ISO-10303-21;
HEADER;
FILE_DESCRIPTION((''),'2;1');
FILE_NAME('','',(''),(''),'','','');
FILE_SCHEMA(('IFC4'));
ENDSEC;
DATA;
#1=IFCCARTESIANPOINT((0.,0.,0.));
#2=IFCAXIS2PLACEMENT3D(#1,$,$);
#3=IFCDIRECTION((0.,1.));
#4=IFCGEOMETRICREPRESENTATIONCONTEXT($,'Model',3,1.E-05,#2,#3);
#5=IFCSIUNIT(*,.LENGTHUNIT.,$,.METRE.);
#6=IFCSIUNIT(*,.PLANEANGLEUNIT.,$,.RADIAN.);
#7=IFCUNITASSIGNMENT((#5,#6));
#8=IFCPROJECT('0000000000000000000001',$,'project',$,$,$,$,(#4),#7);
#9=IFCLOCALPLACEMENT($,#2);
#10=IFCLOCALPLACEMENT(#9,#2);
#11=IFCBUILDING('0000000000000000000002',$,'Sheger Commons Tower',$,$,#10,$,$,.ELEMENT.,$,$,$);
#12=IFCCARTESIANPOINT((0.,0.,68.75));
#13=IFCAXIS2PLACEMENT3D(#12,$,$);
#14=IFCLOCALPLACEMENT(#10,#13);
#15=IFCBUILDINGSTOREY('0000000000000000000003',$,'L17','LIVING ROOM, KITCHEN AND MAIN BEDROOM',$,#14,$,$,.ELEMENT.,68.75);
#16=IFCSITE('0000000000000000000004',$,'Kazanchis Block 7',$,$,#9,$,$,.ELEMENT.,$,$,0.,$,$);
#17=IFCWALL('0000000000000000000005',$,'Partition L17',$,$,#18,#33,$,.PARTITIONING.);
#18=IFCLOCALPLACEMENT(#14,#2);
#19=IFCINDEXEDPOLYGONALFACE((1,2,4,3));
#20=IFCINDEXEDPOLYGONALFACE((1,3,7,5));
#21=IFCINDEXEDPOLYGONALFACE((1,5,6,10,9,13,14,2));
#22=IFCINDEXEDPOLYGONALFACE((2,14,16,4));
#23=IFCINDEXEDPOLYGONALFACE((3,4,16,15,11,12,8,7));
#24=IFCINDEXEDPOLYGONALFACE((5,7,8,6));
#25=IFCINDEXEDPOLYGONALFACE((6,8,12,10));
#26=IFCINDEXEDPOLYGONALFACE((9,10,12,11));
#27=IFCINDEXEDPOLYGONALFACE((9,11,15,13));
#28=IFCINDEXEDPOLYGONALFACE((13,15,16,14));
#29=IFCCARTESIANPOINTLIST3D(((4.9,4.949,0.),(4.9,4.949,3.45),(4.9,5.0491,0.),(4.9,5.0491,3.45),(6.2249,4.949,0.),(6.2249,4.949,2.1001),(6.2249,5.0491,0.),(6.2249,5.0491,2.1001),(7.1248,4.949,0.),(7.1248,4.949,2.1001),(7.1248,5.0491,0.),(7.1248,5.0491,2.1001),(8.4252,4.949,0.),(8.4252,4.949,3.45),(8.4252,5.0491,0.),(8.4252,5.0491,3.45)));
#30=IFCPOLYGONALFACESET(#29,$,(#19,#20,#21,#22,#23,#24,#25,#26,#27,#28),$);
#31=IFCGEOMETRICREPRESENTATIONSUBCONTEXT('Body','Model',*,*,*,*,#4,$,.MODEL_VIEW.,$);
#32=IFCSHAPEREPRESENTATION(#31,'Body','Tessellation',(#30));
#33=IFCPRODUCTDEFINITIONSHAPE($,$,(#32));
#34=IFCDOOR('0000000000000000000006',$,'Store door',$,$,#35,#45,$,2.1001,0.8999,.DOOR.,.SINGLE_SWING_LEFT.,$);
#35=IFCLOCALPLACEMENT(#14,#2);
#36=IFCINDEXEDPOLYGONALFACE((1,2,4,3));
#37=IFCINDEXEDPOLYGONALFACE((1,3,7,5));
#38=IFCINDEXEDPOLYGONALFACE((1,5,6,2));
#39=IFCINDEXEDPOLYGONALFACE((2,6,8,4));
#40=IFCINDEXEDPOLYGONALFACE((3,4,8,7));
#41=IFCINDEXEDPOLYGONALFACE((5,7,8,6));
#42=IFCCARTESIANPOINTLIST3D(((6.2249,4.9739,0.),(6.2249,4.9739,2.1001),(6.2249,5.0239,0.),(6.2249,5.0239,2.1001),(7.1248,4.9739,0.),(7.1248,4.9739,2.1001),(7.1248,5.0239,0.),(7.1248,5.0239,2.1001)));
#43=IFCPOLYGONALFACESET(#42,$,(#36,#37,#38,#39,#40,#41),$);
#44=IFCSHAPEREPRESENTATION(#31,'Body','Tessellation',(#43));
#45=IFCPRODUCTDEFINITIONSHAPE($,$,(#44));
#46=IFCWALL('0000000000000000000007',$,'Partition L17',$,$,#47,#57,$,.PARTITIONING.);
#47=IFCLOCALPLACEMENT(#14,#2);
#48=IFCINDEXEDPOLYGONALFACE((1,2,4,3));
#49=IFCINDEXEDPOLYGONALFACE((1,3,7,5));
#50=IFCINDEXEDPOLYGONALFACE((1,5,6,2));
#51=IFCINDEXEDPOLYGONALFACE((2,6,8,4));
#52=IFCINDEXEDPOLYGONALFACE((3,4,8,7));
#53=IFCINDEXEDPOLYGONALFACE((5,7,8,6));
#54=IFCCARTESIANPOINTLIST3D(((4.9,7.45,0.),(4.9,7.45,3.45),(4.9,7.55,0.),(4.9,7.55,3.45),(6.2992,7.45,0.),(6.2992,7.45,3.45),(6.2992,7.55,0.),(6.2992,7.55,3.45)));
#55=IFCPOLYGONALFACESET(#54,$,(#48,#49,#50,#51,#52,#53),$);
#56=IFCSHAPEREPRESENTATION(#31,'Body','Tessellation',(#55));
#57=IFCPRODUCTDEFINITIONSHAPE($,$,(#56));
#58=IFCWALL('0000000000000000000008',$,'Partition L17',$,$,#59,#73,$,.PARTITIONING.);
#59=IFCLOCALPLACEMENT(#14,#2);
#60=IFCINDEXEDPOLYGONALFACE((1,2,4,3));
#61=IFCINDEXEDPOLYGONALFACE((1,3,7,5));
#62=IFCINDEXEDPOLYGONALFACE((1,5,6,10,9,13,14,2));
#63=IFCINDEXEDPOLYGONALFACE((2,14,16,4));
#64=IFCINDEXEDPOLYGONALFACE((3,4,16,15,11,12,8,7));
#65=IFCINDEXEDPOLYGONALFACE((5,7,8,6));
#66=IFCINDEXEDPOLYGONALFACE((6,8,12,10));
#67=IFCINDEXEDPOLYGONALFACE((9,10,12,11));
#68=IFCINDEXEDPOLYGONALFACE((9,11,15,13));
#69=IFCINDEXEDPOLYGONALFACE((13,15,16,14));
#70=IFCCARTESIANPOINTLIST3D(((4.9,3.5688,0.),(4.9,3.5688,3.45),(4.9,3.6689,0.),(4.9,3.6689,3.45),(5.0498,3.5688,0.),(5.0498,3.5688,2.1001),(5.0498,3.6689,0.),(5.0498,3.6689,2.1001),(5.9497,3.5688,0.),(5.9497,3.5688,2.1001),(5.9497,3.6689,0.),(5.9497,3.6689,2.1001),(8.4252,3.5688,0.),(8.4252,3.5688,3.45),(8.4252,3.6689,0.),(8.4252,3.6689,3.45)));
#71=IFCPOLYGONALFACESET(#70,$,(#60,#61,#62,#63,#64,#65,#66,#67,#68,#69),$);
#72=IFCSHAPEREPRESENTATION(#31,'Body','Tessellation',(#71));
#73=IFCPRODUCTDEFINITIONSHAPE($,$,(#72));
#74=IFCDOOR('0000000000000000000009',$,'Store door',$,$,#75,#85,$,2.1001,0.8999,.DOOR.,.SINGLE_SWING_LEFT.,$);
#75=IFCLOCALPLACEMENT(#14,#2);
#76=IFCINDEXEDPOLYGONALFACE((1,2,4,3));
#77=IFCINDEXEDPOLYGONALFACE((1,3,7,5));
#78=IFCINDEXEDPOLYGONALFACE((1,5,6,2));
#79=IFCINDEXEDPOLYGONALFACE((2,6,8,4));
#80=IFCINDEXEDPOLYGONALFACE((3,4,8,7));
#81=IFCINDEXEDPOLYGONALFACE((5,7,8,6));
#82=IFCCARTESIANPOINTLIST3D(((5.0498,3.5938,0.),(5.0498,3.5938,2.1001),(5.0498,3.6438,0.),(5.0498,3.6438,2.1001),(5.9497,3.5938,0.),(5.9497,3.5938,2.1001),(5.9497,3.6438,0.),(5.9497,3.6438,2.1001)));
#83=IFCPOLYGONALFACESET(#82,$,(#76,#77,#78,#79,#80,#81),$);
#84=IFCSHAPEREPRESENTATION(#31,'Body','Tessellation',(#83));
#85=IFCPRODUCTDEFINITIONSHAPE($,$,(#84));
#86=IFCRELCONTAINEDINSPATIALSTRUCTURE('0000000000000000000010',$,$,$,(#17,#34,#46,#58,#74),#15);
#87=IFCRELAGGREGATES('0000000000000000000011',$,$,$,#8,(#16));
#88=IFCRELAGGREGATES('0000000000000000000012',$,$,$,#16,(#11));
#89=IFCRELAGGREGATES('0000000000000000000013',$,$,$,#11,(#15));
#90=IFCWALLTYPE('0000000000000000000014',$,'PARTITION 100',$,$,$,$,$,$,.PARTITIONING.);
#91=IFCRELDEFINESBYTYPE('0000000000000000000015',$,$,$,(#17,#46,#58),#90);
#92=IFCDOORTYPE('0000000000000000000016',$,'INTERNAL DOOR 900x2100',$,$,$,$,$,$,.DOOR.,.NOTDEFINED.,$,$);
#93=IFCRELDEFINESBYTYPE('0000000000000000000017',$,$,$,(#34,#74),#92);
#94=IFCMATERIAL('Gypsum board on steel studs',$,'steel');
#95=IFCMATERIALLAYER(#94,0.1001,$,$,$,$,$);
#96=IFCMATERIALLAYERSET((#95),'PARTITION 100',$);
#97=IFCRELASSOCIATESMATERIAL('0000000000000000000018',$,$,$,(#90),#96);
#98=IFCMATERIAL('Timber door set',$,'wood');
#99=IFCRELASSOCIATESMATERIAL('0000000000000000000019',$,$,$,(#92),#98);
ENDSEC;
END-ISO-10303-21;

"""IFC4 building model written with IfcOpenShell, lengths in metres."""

from ifc_helpers import new_model, si_unit, direction, frame, frame_2d, origin, place, context, subcontext, project, spatial, rectangle, extrude, material, layer, layer_set, type_object, element, fill, save


model = new_model("IFC4")

# Units and contexts
model_context = context("Model", 3, precision=1e-05, world=origin(), true_north=direction((0.0, 1.0)))
body_context = subcontext(model_context, "Body", "Model", "MODEL_VIEW")
ifc_project = project(units=[si_unit("LENGTHUNIT", "METRE"), si_unit("PLANEANGLEUNIT", "RADIAN")], contexts=[model_context])

# Site, building, storey
site_placement = place(None, origin())
site = spatial("IfcSite", under=ifc_project, at=site_placement, Name="Kazanchis Block 7", CompositionType="ELEMENT", RefElevation=0.0)
building_placement = place(site_placement, origin())
building = spatial("IfcBuilding", under=site, at=building_placement, Name="Sheger Commons Tower", CompositionType="ELEMENT")
storey_placement = place(building_placement, frame((0.0, 0.0, 68.75)))
storey = spatial("IfcBuildingStorey", under=building, at=storey_placement, Name="L17", Description="LIVING ROOM, KITCHEN AND MAIN BEDROOM", CompositionType="ELEMENT", Elevation=68.75)

# Shared definitions
ifc_material_1 = material(Name="Gypsum board on steel studs", Category="steel")
ifc_layer_1 = layer(ifc_material_1, 0.1001)
ifc_layer_set_1 = layer_set([ifc_layer_1], Name="PARTITION 100")
wall_type_1 = type_object("IfcWallType", Name="PARTITION 100", PredefinedType="PARTITIONING", material=ifc_layer_set_1)
ifc_material_2 = material(Name="Timber door set", Category="wood")
door_type = type_object("IfcDoorType", Name="INTERNAL DOOR 900x2100", OperationType="NOTDEFINED", PredefinedType="DOOR", material=ifc_material_2)

# Wall, opening, door
wall_1_placement = place(storey_placement, frame((4.8999, 4.999, 0.0), z_axis=(0.0, 0.0, 1.0), x_axis=(1.0, 0.0, 0.0)))
wall_1 = element("IfcWall", 1, at=wall_1_placement, inside=storey, type_object=wall_type_1, Name="Partition L17", PredefinedType="PARTITIONING", context=body_context, shape_type="SweptSolid", body=[
    extrude(rectangle(XDim=3.5251, YDim=0.1001, at=frame_2d((1.7627, 0.0))), origin(), (0.0, 0.0, 1.0), 3.45),
])
opening_1_placement = place(wall_1_placement, frame((1.325, 0.0, 0.0)))
opening_1 = element("IfcOpeningElement", 2, at=opening_1_placement, cuts=wall_1, PredefinedType="OPENING", context=body_context, shape_type="SweptSolid", body=[
    extrude(rectangle(XDim=0.8999, YDim=2.1001, at=frame_2d((0.45, 1.05))), frame((0.0, 0.0601, 0.0), z_axis=(0.0, -1.0, 0.0), x_axis=(1.0, 0.0, 0.0)), (0.0, 0.0, 1.0), 0.1201),
])
door_1_placement = place(opening_1_placement, origin())
door_1 = element("IfcDoor", 3, at=door_1_placement, inside=storey, type_object=door_type, Name="Store door", OperationType="SINGLE_SWING_LEFT", OverallHeight=2.1001, OverallWidth=0.8999, PredefinedType="DOOR", context=body_context, shape_type="SweptSolid", body=[
    extrude(rectangle(XDim=0.8999, YDim=2.1001, at=frame_2d((0.45, 1.05))), frame((0.0, 0.0249, 0.0), z_axis=(0.0, -1.0, 0.0), x_axis=(1.0, 0.0, 0.0)), (0.0, 0.0, 1.0), 0.05),
])
fill(opening_1, door_1)

# Wall
wall_2_placement = place(storey_placement, frame((4.8999, 7.5, 0.0), z_axis=(0.0, 0.0, 1.0), x_axis=(1.0, 0.0, 0.0)))
element("IfcWall", 4, at=wall_2_placement, inside=storey, type_object=wall_type_1, Name="Partition L17", PredefinedType="PARTITIONING", context=body_context, shape_type="SweptSolid", body=[
    extrude(rectangle(XDim=1.3992, YDim=0.1001, at=frame_2d((0.6997, 0.0))), origin(), (0.0, 0.0, 1.0), 3.45),
])

# Wall, opening, door
wall_3_placement = place(storey_placement, frame((4.8999, 3.6189, 0.0), z_axis=(0.0, 0.0, 1.0), x_axis=(1.0, 0.0, 0.0)))
wall_3 = element("IfcWall", 5, at=wall_3_placement, inside=storey, type_object=wall_type_1, Name="Partition L17", PredefinedType="PARTITIONING", context=body_context, shape_type="SweptSolid", body=[
    extrude(rectangle(XDim=3.5251, YDim=0.1001, at=frame_2d((1.7627, 0.0))), origin(), (0.0, 0.0, 1.0), 3.45),
])
opening_2_placement = place(wall_3_placement, frame((0.1499, 0.0, 0.0)))
opening_2 = element("IfcOpeningElement", 6, at=opening_2_placement, cuts=wall_3, PredefinedType="OPENING", context=body_context, shape_type="SweptSolid", body=[
    extrude(rectangle(XDim=0.8999, YDim=2.1001, at=frame_2d((0.45, 1.05))), frame((0.0, 0.0601, 0.0), z_axis=(0.0, -1.0, 0.0), x_axis=(1.0, 0.0, 0.0)), (0.0, 0.0, 1.0), 0.1201),
])
door_2_placement = place(opening_2_placement, origin())
door_2 = element("IfcDoor", 7, at=door_2_placement, inside=storey, type_object=door_type, Name="Store door", OperationType="SINGLE_SWING_LEFT", OverallHeight=2.1001, OverallWidth=0.8999, PredefinedType="DOOR", context=body_context, shape_type="SweptSolid", body=[
    extrude(rectangle(XDim=0.8999, YDim=2.1001, at=frame_2d((0.45, 1.05))), frame((0.0, 0.0249, 0.0), z_axis=(0.0, -1.0, 0.0), x_axis=(1.0, 0.0, 0.0)), (0.0, 0.0, 1.0), 0.05),
])
fill(opening_2, door_2)

save(model, "model.ifc")
